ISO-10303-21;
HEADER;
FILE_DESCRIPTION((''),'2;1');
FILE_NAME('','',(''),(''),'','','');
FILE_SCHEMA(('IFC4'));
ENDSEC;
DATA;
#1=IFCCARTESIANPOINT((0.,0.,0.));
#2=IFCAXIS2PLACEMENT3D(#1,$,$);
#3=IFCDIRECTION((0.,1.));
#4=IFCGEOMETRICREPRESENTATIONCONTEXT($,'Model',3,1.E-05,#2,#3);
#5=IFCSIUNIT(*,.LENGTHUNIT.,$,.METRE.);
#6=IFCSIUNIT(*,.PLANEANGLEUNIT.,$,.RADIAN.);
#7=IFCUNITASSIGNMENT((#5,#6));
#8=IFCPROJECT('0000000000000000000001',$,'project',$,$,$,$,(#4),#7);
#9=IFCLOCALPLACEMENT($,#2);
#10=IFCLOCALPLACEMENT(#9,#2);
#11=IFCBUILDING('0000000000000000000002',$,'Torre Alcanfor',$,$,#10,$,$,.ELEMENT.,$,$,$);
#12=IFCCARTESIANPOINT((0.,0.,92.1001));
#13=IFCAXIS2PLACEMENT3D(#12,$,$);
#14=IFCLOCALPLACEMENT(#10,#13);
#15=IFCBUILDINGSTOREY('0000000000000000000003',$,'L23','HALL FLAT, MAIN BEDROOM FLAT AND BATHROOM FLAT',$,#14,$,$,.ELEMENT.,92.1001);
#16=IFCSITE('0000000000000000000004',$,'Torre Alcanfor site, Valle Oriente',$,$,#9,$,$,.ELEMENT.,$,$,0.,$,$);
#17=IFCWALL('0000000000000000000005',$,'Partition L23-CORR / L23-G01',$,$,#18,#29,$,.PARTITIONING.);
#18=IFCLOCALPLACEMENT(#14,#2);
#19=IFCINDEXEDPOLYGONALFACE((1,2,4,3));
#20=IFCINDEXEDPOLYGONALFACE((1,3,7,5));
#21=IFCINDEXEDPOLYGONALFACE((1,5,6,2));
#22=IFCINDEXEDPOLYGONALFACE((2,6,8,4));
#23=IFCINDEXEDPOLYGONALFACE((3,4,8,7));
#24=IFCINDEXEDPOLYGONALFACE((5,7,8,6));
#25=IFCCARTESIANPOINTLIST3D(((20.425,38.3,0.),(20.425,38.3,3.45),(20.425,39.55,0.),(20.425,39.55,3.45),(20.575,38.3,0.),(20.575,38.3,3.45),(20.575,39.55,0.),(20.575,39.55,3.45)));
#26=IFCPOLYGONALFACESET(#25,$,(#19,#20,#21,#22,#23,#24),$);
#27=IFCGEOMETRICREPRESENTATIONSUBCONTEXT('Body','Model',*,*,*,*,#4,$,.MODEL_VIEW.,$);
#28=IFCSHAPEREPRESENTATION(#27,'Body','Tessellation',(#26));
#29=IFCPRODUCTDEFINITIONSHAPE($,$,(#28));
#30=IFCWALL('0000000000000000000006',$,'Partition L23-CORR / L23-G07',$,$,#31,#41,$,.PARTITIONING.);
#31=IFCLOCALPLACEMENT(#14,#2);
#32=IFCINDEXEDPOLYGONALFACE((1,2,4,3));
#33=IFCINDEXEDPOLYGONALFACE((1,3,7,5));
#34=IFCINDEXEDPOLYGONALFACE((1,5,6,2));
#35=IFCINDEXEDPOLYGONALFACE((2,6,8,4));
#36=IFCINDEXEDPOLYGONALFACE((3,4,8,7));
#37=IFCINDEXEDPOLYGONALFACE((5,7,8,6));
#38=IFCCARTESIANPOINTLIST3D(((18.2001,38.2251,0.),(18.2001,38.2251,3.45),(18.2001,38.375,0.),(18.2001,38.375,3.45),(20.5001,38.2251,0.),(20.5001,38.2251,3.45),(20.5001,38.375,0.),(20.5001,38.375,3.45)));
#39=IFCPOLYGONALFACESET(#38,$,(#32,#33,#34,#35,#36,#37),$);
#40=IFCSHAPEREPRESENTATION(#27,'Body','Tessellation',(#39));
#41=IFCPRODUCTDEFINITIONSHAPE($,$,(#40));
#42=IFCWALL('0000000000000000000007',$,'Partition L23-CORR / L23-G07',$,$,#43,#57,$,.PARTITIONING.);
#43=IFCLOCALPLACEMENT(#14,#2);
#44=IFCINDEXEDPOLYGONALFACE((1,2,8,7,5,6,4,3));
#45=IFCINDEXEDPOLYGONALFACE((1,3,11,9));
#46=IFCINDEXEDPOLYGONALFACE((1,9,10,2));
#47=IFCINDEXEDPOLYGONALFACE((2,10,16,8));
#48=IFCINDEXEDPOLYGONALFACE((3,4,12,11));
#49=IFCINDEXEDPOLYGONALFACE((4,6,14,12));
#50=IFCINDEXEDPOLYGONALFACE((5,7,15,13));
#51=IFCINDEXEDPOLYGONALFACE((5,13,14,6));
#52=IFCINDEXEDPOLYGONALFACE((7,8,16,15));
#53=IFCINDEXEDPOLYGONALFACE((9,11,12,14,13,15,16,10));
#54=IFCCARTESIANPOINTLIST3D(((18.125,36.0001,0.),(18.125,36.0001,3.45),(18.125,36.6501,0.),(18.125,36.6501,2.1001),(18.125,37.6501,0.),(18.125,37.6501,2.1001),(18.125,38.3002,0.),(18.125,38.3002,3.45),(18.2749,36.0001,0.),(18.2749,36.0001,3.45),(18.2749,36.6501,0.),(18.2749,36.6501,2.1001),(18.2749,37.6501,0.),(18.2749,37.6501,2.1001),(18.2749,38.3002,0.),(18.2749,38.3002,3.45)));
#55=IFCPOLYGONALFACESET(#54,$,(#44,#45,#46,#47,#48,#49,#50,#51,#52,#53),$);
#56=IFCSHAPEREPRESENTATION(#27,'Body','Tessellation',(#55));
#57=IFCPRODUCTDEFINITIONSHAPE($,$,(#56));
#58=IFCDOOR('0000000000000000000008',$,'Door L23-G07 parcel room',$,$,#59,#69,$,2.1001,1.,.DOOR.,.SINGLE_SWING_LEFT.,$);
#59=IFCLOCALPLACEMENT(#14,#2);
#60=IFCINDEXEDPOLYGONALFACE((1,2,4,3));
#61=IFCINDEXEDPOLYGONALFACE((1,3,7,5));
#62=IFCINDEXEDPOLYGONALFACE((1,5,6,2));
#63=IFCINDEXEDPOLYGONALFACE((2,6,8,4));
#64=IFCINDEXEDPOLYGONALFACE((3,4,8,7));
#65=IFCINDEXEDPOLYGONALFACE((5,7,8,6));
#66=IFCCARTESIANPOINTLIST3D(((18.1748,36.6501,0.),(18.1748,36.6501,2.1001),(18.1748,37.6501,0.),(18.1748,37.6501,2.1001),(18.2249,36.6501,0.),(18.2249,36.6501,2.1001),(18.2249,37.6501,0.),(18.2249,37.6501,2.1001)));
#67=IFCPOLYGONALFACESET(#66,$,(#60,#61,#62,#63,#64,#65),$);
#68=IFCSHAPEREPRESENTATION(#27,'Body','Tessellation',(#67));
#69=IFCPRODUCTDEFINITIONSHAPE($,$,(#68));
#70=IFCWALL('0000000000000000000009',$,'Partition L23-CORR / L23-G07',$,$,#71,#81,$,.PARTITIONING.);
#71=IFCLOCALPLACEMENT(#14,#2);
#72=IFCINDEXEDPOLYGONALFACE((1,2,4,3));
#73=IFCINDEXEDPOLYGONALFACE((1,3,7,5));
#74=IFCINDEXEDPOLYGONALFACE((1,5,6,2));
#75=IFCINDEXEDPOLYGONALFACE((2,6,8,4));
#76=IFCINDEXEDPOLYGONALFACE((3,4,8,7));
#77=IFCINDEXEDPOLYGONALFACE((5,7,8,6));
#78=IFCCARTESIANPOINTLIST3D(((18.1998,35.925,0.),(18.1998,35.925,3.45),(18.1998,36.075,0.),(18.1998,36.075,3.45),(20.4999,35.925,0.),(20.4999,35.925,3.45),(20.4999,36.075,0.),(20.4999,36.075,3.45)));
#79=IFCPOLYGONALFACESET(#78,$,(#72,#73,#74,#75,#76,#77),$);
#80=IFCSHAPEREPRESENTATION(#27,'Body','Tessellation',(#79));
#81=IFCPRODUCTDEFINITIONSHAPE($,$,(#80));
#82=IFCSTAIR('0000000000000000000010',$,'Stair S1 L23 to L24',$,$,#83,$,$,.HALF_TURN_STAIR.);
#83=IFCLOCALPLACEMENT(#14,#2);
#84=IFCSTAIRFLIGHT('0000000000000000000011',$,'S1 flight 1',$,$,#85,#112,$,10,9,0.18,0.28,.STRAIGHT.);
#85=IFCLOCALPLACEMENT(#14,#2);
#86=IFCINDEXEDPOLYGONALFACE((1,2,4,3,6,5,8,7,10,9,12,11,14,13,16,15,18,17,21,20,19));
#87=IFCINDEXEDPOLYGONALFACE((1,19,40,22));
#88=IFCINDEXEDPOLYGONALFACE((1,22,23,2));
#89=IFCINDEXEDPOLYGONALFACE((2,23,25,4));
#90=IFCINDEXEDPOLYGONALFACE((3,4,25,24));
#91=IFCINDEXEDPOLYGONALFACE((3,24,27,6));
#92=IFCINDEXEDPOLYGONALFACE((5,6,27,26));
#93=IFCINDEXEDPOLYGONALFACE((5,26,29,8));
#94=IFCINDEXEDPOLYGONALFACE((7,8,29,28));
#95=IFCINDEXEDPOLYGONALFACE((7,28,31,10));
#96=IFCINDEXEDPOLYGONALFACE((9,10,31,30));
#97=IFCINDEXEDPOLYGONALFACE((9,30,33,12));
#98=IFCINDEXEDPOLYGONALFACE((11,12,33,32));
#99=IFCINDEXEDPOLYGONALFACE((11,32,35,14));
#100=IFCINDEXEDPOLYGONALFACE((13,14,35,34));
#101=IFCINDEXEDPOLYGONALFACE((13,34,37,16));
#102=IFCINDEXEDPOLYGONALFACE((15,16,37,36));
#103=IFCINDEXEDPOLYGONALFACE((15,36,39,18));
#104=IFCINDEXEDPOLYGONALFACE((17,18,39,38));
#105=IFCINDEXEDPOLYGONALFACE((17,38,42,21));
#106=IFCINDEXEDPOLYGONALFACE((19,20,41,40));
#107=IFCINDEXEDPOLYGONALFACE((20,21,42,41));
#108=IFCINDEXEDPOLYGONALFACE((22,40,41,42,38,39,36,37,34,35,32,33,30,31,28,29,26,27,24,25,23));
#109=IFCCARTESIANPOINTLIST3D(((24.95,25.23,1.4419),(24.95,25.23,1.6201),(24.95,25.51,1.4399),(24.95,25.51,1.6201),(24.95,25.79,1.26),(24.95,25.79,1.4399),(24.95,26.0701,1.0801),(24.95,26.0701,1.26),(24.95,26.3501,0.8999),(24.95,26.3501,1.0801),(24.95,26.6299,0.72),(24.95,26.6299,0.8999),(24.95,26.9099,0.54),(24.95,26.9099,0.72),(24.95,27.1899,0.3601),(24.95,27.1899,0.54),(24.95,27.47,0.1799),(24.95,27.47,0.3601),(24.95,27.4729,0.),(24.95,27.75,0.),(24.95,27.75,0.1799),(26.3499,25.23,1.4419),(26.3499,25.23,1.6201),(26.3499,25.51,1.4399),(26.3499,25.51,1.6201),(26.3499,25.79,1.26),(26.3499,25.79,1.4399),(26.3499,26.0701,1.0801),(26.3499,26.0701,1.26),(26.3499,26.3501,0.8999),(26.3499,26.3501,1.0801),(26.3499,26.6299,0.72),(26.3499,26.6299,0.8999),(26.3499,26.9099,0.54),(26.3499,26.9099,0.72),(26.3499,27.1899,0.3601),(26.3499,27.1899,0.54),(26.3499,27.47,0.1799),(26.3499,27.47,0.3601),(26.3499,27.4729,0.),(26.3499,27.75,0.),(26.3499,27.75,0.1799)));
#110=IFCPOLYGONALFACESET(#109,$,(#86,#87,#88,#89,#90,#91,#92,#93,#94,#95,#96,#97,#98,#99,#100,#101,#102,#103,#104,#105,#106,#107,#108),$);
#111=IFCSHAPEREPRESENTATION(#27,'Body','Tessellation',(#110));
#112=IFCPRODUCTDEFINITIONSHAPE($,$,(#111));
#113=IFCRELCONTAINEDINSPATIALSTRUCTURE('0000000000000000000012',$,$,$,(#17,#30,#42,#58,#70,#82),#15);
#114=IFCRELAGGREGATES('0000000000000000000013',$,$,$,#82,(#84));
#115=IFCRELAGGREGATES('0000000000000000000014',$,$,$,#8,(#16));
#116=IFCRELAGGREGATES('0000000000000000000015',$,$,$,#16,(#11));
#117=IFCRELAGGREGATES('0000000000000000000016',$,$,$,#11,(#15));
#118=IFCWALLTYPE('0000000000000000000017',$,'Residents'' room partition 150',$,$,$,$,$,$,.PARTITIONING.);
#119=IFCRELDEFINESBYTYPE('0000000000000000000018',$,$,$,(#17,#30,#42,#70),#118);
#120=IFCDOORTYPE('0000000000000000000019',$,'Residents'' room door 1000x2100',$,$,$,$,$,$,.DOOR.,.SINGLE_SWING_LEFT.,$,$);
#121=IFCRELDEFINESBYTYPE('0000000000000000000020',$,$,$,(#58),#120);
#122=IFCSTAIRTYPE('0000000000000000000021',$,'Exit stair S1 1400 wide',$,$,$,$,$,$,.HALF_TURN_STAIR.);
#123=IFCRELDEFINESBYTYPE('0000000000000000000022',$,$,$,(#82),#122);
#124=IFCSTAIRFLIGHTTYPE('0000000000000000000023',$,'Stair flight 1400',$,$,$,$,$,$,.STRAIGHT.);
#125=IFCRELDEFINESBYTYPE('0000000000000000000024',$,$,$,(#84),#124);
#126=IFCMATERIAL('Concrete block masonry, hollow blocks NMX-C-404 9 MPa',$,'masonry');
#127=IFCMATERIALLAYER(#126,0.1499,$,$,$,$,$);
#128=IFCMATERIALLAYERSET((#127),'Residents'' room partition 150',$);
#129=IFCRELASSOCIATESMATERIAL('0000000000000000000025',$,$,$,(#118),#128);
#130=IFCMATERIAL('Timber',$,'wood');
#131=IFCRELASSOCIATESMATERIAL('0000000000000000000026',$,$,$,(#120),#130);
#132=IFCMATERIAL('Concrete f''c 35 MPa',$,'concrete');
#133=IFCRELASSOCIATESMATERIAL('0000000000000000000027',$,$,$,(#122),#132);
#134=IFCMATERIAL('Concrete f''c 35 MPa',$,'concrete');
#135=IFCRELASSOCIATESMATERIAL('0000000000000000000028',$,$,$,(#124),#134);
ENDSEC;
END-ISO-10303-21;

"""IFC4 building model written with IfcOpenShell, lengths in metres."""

from ifc_helpers import new_model, si_unit, direction, frame, frame_2d, origin, place, context, subcontext, project, spatial, polyline, rectangle, outline, extrude, material, layer, layer_set, type_object, element, fill, aggregate, save


model = new_model("IFC4")

# Units and contexts
model_context = context("Model", 3, precision=1e-05, world=origin(), true_north=direction((0.0, 1.0)))
body_context = subcontext(model_context, "Body", "Model", "MODEL_VIEW")
ifc_project = project(units=[si_unit("LENGTHUNIT", "METRE"), si_unit("PLANEANGLEUNIT", "RADIAN")], contexts=[model_context])

# Site, building, storey
site_placement = place(None, origin())
site = spatial("IfcSite", under=ifc_project, at=site_placement, Name="Torre Alcanfor site, Valle Oriente", CompositionType="ELEMENT", RefElevation=0.0)
building_placement = place(site_placement, origin())
building = spatial("IfcBuilding", under=site, at=building_placement, Name="Torre Alcanfor", CompositionType="ELEMENT")
storey_placement = place(building_placement, frame((0.0, 0.0, 92.1001)))
storey = spatial("IfcBuildingStorey", under=building, at=storey_placement, Name="L23", Description="HALL FLAT, MAIN BEDROOM FLAT AND BATHROOM FLAT", CompositionType="ELEMENT", Elevation=92.1001)

# Walls
ifc_material_1 = material(Name="Concrete block masonry, hollow blocks NMX-C-404 9 MPa", Category="masonry")
ifc_layer_1 = layer(ifc_material_1, 0.1499)
ifc_layer_set_1 = layer_set([ifc_layer_1], Name="Residents' room partition 150")
wall_type_1 = type_object("IfcWallType", Name="Residents' room partition 150", PredefinedType="PARTITIONING", material=ifc_layer_set_1)
for number, where, z_axis, x_axis, name in (
    (1, (20.5, 39.55, 0.0), (0.0, 0.0, 1.0), (0.0, -1.0, 0.0), "Partition L23-CORR / L23-G01"),
):
    element("IfcWall", number, at=place(storey_placement, frame(where, z_axis=z_axis, x_axis=x_axis)), inside=storey, type_object=wall_type_1, Name=name, PredefinedType="PARTITIONING", context=body_context, shape_type="SweptSolid", body=[
        extrude(rectangle(XDim=1.25, YDim=0.1499, at=frame_2d((0.625, 0.0))), origin(), (0.0, 0.0, 1.0), 3.45),
    ])
wall_1_placement = place(storey_placement, frame((20.5, 38.3, 0.0), z_axis=(0.0, 0.0, 1.0), x_axis=(-1.0, 0.0, 0.0)))
element("IfcWall", 2, at=wall_1_placement, inside=storey, type_object=wall_type_1, Name="Partition L23-CORR / L23-G07", PredefinedType="PARTITIONING", context=body_context, shape_type="SweptSolid", body=[
    extrude(rectangle(XDim=2.3, YDim=0.1499, at=frame_2d((1.1499, 0.0))), origin(), (0.0, 0.0, 1.0), 3.45),
])

# Wall, opening, door
wall_2_placement = place(storey_placement, frame((18.2, 38.3, 0.0), z_axis=(0.0, 0.0, 1.0), x_axis=(0.0, -1.0, 0.0)))
wall_2 = element("IfcWall", 3, at=wall_2_placement, inside=storey, type_object=wall_type_1, Name="Partition L23-CORR / L23-G07", PredefinedType="PARTITIONING", context=body_context, shape_type="SweptSolid", body=[
    extrude(rectangle(XDim=2.3, YDim=0.1499, at=frame_2d((1.1499, 0.0))), origin(), (0.0, 0.0, 1.0), 3.45),
])
opening_1_placement = place(wall_2_placement, frame((0.6499, 0.0, 0.0)))
opening_1 = element("IfcOpeningElement", 4, at=opening_1_placement, cuts=wall_2, PredefinedType="OPENING", context=body_context, shape_type="SweptSolid", body=[
    extrude(rectangle(XDim=1.0, YDim=2.1001, at=frame_2d((0.5, 1.05))), frame((0.0, 0.085, 0.0), z_axis=(0.0, -1.0, 0.0), x_axis=(1.0, 0.0, 0.0)), (0.0, 0.0, 1.0), 0.1699),
])
ifc_material_2 = material(Name="Timber", Category="wood")
door_type_1 = type_object("IfcDoorType", Name="Residents' room door 1000x2100", OperationType="SINGLE_SWING_LEFT", PredefinedType="DOOR", material=ifc_material_2)
door_1_placement = place(opening_1_placement, origin())
door_1 = element("IfcDoor", 5, at=door_1_placement, inside=storey, type_object=door_type_1, Name="Door L23-G07 parcel room", OperationType="SINGLE_SWING_LEFT", OverallHeight=2.1001, OverallWidth=1.0, PredefinedType="DOOR", context=body_context, shape_type="SweptSolid", body=[
    extrude(rectangle(XDim=1.0, YDim=2.1001, at=frame_2d((0.5, 1.05))), frame((0.0, 0.0249, 0.0), z_axis=(0.0, -1.0, 0.0), x_axis=(1.0, 0.0, 0.0)), (0.0, 0.0, 1.0), 0.05),
])
fill(opening_1, door_1)

# Wall
wall_3_placement = place(storey_placement, frame((18.2, 36.0, 0.0), z_axis=(0.0, 0.0, 1.0), x_axis=(1.0, 0.0, 0.0)))
element("IfcWall", 6, at=wall_3_placement, inside=storey, type_object=wall_type_1, Name="Partition L23-CORR / L23-G07", PredefinedType="PARTITIONING", context=body_context, shape_type="SweptSolid", body=[
    extrude(rectangle(XDim=2.3, YDim=0.1499, at=frame_2d((1.1499, 0.0))), origin(), (0.0, 0.0, 1.0), 3.45),
])

# Stair, stair flight
ifc_material_3 = material(Name="Concrete f'c 35 MPa", Category="concrete")
stair_type = type_object("IfcStairType", Name="Exit stair S1 1400 wide", PredefinedType="HALF_TURN_STAIR", material=ifc_material_3)
stair_placement = place(storey_placement, origin())
stair = element("IfcStair", 7, at=stair_placement, inside=storey, type_object=stair_type, Name="Stair S1 L23 to L24", PredefinedType="HALF_TURN_STAIR")
ifc_material_4 = material(Name="Concrete f'c 35 MPa", Category="concrete")
stair_flight_type = type_object("IfcStairFlightType", Name="Stair flight 1400", PredefinedType="STRAIGHT", material=ifc_material_4)
stair_flight_placement = place(storey_placement, frame((25.6499, 27.75, 0.0), z_axis=(0.0, 0.0, 1.0), x_axis=(0.0, -1.0, 0.0)))
stair_flight = element("IfcStairFlight", 8, at=stair_flight_placement, type_object=stair_flight_type, Name="S1 flight 1", NumberOfRisers=10, NumberOfTreads=9, PredefinedType="STRAIGHT", RiserHeight=0.18, TreadLength=0.28, context=body_context, shape_type="SweptSolid", body=[
    extrude(outline(polyline([(0.0, 0.0), (0.0, 0.1799), (0.28, 0.1799), (0.28, 0.3601), (0.5601, 0.3601), (0.5601, 0.54), (0.8401, 0.54), (0.8401, 0.72), (1.1201, 0.72), (1.1201, 0.8999), (1.3999, 0.8999), (1.3999, 1.0801), (1.6799, 1.0801), (1.6799, 1.26), (1.96, 1.26), (1.96, 1.4399), (2.24, 1.4399), (2.24, 1.6201), (2.52, 1.6201), (2.52, 1.8), (2.52, 1.4419), (0.2771, 0.0), (0.0, 0.0)])), frame((0.0, 0.7, 0.0), z_axis=(0.0, -1.0, 0.0), x_axis=(1.0, 0.0, 0.0)), (0.0, 0.0, 1.0), 1.3999),
])
aggregate(stair, [stair_flight])

save(model, "model.ifc")
